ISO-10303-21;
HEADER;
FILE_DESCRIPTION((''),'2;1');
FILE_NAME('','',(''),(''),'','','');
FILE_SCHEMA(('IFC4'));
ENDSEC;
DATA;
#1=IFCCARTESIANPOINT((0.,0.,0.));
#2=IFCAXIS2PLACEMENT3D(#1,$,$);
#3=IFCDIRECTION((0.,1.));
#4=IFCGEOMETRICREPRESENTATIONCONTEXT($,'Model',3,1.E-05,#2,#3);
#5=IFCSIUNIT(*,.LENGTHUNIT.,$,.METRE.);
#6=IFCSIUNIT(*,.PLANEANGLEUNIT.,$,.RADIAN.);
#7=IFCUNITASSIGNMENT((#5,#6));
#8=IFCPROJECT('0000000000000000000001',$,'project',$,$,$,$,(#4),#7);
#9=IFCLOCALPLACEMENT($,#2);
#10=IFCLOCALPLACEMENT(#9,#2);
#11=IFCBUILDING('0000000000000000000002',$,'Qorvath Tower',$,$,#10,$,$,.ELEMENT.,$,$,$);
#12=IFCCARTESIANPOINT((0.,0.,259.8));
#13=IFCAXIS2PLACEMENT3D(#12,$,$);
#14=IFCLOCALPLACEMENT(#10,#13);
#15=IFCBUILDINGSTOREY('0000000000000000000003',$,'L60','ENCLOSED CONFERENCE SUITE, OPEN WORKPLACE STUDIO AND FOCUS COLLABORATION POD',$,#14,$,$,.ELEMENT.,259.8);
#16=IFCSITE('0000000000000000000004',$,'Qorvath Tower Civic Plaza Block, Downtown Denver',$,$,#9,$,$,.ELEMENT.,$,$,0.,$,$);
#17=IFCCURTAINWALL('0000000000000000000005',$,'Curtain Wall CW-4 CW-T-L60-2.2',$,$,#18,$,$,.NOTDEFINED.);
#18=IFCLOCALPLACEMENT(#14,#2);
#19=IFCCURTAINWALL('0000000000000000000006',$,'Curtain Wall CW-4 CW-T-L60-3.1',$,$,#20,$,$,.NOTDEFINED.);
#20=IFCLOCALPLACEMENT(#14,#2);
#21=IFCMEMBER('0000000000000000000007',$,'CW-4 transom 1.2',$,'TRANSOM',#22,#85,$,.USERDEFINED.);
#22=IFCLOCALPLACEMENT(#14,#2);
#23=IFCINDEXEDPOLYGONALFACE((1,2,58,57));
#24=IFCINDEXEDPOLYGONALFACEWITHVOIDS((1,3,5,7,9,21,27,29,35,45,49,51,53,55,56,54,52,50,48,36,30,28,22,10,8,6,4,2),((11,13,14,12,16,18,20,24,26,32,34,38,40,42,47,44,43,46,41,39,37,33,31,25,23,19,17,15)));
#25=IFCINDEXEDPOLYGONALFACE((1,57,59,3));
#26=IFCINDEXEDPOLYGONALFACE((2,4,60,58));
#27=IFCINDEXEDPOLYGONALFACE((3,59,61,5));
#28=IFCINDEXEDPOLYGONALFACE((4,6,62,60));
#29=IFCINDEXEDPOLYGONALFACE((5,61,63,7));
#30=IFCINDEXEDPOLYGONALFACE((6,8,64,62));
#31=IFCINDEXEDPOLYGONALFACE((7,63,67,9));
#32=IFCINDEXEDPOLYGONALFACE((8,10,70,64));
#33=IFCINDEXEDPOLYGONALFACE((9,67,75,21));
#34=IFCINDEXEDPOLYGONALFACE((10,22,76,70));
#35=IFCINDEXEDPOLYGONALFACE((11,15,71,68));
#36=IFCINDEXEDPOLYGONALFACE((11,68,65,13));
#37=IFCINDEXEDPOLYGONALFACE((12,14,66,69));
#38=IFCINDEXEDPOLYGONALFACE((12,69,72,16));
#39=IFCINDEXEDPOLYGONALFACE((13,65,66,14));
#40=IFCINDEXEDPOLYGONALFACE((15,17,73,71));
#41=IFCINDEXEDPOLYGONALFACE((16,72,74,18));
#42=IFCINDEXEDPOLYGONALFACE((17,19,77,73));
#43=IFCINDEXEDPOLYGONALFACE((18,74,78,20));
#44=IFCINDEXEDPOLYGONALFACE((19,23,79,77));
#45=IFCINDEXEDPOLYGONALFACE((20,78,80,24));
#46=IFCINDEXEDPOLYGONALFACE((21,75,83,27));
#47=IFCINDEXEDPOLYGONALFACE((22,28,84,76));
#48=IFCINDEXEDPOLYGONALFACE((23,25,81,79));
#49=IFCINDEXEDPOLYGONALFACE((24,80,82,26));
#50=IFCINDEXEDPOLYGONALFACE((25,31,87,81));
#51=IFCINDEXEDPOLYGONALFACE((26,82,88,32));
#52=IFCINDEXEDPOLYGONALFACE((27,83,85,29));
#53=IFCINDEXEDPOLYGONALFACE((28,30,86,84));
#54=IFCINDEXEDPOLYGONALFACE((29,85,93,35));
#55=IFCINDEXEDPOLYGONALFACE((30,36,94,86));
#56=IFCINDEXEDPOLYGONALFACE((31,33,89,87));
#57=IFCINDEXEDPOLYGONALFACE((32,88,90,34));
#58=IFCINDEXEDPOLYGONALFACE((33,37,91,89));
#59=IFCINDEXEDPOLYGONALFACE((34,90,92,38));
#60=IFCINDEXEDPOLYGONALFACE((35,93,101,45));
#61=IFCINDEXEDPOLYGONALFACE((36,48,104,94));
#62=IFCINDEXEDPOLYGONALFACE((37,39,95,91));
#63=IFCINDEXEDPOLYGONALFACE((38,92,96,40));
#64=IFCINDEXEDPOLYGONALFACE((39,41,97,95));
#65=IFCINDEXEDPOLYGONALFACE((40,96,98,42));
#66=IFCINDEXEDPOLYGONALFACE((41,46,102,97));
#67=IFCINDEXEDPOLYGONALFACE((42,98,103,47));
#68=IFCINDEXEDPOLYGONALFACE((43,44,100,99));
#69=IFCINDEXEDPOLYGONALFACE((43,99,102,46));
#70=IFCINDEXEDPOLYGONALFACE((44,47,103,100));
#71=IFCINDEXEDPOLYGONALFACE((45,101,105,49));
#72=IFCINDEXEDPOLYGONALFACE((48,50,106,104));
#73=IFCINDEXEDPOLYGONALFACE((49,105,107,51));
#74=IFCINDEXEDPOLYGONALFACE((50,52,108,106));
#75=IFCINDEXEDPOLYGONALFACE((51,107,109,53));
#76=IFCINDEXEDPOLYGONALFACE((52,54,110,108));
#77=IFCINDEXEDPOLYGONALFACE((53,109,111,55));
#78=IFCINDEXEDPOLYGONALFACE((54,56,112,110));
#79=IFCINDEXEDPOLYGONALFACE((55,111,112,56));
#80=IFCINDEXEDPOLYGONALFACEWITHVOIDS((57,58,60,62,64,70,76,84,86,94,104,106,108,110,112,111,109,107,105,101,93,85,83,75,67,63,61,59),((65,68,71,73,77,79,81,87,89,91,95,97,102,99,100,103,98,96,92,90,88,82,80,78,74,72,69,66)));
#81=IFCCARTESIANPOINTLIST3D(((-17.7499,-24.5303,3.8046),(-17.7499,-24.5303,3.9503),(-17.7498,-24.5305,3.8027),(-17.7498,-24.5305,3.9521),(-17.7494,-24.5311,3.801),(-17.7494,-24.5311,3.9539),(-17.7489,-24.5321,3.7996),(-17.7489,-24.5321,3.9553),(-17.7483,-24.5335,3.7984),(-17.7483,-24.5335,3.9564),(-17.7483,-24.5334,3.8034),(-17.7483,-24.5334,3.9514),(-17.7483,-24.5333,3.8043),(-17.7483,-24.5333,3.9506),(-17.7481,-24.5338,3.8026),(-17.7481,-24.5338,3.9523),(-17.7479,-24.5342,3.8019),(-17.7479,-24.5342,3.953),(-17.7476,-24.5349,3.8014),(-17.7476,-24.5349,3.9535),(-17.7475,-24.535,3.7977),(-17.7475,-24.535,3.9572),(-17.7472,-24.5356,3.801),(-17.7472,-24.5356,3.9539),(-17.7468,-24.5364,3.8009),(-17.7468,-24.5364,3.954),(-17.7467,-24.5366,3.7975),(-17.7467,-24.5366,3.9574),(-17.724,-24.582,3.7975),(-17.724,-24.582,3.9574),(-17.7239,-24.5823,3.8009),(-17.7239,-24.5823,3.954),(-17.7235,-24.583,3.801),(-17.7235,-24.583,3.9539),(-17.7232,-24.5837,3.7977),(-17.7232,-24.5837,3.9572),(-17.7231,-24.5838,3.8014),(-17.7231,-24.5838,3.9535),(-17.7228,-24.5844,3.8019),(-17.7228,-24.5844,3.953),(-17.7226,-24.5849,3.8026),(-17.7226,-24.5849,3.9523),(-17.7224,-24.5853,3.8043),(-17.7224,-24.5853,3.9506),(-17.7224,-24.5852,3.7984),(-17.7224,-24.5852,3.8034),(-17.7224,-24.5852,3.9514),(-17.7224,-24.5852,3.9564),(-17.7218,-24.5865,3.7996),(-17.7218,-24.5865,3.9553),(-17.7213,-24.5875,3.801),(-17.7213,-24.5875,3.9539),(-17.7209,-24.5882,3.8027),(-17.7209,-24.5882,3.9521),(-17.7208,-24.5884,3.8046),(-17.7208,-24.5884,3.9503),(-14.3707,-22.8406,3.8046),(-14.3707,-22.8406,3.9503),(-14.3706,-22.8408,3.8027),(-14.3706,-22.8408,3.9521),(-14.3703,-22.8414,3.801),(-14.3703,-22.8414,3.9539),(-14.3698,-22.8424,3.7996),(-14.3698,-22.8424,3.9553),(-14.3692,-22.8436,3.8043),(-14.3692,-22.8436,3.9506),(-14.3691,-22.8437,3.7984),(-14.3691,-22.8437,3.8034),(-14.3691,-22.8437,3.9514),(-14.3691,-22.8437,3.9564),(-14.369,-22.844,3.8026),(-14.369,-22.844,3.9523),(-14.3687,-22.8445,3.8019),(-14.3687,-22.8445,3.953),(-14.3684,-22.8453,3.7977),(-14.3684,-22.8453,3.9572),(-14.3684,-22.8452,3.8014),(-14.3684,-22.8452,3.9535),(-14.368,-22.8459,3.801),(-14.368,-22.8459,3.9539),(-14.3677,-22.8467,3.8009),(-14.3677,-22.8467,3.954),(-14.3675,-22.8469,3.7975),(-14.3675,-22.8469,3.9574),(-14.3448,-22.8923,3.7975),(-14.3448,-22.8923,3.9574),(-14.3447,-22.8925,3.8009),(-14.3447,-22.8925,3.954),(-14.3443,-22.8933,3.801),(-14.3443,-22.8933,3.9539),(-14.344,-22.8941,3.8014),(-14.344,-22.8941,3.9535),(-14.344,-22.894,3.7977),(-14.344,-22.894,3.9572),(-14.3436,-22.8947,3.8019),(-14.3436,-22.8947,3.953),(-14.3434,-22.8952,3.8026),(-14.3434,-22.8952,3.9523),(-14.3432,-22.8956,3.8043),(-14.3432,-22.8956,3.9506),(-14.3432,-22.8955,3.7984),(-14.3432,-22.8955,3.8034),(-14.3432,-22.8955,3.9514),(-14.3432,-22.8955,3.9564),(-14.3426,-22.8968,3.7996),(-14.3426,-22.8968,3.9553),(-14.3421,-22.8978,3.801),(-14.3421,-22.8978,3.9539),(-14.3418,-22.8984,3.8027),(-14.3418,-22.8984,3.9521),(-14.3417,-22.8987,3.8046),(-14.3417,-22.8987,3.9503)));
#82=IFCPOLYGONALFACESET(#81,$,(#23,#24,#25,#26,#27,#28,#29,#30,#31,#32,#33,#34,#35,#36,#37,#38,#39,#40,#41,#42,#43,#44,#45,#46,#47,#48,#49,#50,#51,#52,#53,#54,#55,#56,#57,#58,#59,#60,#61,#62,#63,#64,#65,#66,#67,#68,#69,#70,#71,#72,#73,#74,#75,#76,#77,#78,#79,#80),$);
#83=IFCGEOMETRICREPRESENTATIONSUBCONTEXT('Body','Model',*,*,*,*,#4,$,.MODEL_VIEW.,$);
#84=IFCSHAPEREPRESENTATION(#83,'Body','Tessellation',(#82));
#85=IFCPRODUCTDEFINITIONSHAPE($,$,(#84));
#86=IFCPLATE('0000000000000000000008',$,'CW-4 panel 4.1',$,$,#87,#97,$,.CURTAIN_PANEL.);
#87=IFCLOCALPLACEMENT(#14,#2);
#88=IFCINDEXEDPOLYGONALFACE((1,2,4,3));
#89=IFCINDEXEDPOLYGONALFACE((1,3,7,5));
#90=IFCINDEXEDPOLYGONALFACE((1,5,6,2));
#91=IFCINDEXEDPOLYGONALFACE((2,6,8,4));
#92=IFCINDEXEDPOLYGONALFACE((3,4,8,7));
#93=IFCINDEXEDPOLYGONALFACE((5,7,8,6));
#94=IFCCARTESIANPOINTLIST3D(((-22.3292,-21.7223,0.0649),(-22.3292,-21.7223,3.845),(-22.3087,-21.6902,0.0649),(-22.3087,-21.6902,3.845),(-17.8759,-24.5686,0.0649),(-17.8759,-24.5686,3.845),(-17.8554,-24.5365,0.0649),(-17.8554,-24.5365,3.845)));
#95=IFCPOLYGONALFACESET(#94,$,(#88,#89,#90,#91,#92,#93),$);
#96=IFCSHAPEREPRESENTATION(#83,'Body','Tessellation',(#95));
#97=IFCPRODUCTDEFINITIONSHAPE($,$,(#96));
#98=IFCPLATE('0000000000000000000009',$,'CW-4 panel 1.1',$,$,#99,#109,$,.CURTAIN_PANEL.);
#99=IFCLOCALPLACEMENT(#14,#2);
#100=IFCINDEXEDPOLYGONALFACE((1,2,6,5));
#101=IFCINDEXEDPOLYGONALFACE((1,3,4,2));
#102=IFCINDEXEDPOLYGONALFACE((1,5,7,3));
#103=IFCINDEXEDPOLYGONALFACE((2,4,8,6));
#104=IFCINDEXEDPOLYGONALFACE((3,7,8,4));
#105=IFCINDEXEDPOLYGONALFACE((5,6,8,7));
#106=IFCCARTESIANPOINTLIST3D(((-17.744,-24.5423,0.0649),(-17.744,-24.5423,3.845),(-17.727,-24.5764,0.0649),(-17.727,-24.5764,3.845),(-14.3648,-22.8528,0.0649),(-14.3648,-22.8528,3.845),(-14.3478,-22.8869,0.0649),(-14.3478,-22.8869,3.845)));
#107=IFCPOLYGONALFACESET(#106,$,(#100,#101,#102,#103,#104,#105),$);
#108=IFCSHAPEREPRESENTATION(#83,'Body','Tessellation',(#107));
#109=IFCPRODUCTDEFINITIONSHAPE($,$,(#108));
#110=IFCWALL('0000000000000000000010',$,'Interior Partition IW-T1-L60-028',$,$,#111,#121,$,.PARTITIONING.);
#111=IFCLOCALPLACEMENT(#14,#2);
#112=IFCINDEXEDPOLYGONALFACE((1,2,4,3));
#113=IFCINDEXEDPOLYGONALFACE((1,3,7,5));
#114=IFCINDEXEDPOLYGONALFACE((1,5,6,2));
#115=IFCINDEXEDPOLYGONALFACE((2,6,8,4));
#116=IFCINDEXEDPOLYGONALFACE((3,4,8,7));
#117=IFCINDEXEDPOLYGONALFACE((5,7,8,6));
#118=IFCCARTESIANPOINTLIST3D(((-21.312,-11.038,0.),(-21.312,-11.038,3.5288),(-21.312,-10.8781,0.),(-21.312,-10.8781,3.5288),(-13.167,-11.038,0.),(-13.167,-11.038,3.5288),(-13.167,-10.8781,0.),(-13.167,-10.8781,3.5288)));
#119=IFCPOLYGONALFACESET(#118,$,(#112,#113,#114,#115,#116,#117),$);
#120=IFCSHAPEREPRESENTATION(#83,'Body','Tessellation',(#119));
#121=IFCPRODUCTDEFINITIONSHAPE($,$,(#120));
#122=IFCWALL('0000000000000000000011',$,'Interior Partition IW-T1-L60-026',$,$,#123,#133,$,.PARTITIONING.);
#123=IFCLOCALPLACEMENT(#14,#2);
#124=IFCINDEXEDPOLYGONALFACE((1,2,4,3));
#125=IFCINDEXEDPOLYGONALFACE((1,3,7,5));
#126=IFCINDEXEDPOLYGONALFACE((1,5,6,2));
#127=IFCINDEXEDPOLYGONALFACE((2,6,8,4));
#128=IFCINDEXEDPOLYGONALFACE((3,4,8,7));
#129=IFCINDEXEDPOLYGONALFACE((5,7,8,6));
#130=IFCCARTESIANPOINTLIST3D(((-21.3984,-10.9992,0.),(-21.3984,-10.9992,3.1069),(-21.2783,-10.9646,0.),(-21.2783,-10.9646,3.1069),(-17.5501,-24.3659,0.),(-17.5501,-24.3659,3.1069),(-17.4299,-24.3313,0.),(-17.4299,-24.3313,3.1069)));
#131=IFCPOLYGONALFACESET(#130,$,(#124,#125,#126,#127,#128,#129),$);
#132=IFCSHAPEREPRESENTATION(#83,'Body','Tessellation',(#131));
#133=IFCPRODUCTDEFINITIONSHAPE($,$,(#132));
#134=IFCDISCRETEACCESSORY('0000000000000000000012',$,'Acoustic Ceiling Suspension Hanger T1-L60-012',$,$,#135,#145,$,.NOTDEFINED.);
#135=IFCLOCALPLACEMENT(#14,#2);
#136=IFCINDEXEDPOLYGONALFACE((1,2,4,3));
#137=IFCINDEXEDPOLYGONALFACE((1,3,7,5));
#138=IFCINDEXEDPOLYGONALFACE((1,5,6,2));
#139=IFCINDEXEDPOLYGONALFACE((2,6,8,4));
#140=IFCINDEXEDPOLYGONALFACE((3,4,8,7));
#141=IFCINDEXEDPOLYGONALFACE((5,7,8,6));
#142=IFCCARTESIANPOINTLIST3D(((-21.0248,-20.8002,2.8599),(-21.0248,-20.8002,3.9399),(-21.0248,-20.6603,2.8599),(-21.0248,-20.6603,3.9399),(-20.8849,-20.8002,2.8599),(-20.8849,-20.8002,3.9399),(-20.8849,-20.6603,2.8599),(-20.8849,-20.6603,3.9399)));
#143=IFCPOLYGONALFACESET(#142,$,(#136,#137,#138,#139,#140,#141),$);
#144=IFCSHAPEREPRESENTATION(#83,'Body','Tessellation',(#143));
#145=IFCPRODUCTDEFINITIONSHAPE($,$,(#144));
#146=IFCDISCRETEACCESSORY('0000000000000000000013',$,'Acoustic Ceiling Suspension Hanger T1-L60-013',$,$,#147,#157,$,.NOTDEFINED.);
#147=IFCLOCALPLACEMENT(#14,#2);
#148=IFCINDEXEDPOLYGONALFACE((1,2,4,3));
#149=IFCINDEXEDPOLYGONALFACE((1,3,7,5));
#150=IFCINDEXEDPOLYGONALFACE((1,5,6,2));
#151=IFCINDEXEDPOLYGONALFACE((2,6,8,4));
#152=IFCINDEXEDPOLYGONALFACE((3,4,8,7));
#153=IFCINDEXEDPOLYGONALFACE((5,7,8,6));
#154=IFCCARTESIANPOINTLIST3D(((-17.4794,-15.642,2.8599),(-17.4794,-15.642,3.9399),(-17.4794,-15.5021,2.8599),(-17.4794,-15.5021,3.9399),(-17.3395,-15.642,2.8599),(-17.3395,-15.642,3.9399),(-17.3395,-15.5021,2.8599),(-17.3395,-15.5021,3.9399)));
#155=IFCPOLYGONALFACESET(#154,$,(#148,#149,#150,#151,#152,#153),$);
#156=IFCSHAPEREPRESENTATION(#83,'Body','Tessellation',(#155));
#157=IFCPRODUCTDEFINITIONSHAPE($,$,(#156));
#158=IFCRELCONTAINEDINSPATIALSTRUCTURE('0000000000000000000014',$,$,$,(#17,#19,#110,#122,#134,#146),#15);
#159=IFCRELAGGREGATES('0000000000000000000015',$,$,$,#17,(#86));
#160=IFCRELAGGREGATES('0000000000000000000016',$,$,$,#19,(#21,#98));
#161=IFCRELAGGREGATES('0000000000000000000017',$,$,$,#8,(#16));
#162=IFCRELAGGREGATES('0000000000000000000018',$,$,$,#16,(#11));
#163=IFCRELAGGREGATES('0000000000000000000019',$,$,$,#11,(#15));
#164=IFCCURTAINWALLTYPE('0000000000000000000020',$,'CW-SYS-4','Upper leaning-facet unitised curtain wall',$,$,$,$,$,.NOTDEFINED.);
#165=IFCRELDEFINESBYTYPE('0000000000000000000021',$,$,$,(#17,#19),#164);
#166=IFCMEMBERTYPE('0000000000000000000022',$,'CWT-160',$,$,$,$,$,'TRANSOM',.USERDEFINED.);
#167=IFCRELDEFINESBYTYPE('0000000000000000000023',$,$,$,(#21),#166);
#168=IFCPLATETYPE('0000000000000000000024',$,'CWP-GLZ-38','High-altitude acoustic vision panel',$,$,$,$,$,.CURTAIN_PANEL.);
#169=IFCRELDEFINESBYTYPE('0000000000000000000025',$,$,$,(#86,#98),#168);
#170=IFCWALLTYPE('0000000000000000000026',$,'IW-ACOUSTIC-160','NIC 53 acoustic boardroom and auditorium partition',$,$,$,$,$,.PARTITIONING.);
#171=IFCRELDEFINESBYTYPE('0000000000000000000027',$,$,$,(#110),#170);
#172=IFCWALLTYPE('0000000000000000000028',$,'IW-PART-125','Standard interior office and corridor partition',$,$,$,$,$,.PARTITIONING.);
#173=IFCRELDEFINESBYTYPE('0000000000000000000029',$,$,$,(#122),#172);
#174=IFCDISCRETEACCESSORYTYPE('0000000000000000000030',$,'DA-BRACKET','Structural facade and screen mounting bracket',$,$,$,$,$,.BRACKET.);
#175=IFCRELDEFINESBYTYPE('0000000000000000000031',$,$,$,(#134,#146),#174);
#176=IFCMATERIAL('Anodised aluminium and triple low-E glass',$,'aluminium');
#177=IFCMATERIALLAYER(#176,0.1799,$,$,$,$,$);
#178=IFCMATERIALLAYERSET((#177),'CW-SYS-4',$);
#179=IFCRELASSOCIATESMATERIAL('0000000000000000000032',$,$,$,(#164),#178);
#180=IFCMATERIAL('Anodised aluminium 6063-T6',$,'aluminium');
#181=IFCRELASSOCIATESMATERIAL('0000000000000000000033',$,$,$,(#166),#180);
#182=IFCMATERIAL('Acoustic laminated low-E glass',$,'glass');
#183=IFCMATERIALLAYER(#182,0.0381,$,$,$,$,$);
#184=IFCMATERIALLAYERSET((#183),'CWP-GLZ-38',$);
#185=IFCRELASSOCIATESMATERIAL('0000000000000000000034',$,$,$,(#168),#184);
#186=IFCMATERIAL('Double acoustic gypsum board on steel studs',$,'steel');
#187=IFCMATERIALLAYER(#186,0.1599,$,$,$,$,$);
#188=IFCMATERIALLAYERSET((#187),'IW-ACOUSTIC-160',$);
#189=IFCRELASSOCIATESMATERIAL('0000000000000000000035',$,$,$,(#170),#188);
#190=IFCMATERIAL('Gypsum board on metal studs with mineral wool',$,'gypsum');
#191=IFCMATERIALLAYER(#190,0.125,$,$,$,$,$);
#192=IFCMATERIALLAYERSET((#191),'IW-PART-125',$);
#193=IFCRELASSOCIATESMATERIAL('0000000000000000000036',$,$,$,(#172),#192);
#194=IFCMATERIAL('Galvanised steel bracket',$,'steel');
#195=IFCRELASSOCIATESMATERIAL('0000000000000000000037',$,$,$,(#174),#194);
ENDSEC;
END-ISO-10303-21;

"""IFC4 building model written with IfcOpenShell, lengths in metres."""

from ifc_helpers import new_model, si_unit, direction, frame, frame_2d, origin, origin_2d, place, context, subcontext, project, spatial, rectangle, hollow_rectangle, extrude, material, layer, layer_set, material_profile, profile_set, type_object, element, aggregate, save


model = new_model("IFC4")

# Units and contexts
model_context = context("Model", 3, precision=1e-05, world=origin(), true_north=direction((0.0, 1.0)))
body_context = subcontext(model_context, "Body", "Model", "MODEL_VIEW")
ifc_project = project(units=[si_unit("LENGTHUNIT", "METRE"), si_unit("PLANEANGLEUNIT", "RADIAN")], contexts=[model_context])

# Site, building, storey
site_placement = place(None, origin())
site = spatial("IfcSite", under=ifc_project, at=site_placement, Name="Qorvath Tower Civic Plaza Block, Downtown Denver", CompositionType="ELEMENT", RefElevation=0.0)
building_placement = place(site_placement, origin())
building = spatial("IfcBuilding", under=site, at=building_placement, Name="Qorvath Tower", CompositionType="ELEMENT")
storey_placement = place(building_placement, frame((0.0, 0.0, 259.8)))
storey = spatial("IfcBuildingStorey", under=building, at=storey_placement, Name="L60", Description="ENCLOSED CONFERENCE SUITE, OPEN WORKPLACE STUDIO AND FOCUS COLLABORATION POD", CompositionType="ELEMENT", Elevation=259.8)

# Curtain wall
ifc_material_1 = material(Name="Anodised aluminium and triple low-E glass", Category="aluminium")
ifc_layer_1 = layer(ifc_material_1, 0.1799)
ifc_layer_set_1 = layer_set([ifc_layer_1], Name="CW-SYS-4")
curtain_wall_type = type_object("IfcCurtainWallType", Name="CW-SYS-4", Description="Upper leaning-facet unitised curtain wall", PredefinedType="NOTDEFINED", material=ifc_layer_set_1)
curtain_wall_1_placement = place(storey_placement, origin())
curtain_wall_1 = element("IfcCurtainWall", 1, at=curtain_wall_1_placement, inside=storey, type_object=curtain_wall_type, Name="Curtain Wall CW-4 CW-T-L60-2.2", PredefinedType="NOTDEFINED")

# Curtain wall
curtain_wall_2_placement = place(storey_placement, origin())
curtain_wall_2 = element("IfcCurtainWall", 2, at=curtain_wall_2_placement, inside=storey, type_object=curtain_wall_type, Name="Curtain Wall CW-4 CW-T-L60-3.1", PredefinedType="NOTDEFINED")

# Member
ifc_material_2 = material(Name="Anodised aluminium 6063-T6", Category="aluminium")
ifc_material_profile_1 = material_profile(ifc_material_2, hollow_rectangle(XDim=0.0649, YDim=0.1599, WallThickness=0.0034, InnerFilletRadius=0.0034, OuterFilletRadius=0.0071, at=origin_2d()), Name="CWT 160x65")
ifc_profile_set_1 = profile_set([ifc_material_profile_1], Name="Anodised aluminium 6063-T6")
member_type_1 = type_object("IfcMemberType", Name="CWT-160", ElementType="TRANSOM", PredefinedType="USERDEFINED", material=ifc_profile_set_1)
member_1_placement = place(storey_placement, frame((-17.7354, -24.5593, 3.8774), z_axis=(0.894414, 0.447239, 0.0), x_axis=(-0.447239, 0.894414, 0.0)))
member_1 = element("IfcMember", 3, at=member_1_placement, type_object=member_type_1, Name="CW-4 transom 1.2", ObjectType="TRANSOM", PredefinedType="USERDEFINED", context=body_context, shape_type="SweptSolid", body=[
    extrude(hollow_rectangle(XDim=0.0649, YDim=0.1599, WallThickness=0.0034, InnerFilletRadius=0.0034, OuterFilletRadius=0.0071, at=origin_2d()), origin(), (0.0, 0.0, 1.0), 3.7781),
])

# Plates
ifc_material_3 = material(Name="Acoustic laminated low-E glass", Category="glass")
ifc_layer_2 = layer(ifc_material_3, 0.0381)
ifc_layer_set_2 = layer_set([ifc_layer_2], Name="CWP-GLZ-38")
plate_type = type_object("IfcPlateType", Name="CWP-GLZ-38", Description="High-altitude acoustic vision panel", PredefinedType="CURTAIN_PANEL", material=ifc_layer_set_2)
plate_1_placement = place(storey_placement, frame((-20.0923, -23.1294, 0.0649), z_axis=(0.0, 0.0, 1.0), x_axis=(0.842602, -0.538536, 0.0)))
plate_1 = element("IfcPlate", 4, at=plate_1_placement, type_object=plate_type, Name="CW-4 panel 4.1", PredefinedType="CURTAIN_PANEL", context=body_context, shape_type="SweptSolid", body=[
    extrude(rectangle(XDim=5.2852, YDim=0.0381, at=origin_2d()), origin(), (0.0, 0.0, 1.0), 3.78),
])
aggregate(curtain_wall_1, [plate_1])
plate_2_placement = place(storey_placement, frame((-16.0459, -23.7146, 0.0649), z_axis=(0.0, 0.0, 1.0), x_axis=(0.894437, 0.447193, 0.0)))
plate_2 = element("IfcPlate", 5, at=plate_2_placement, type_object=plate_type, Name="CW-4 panel 1.1", PredefinedType="CURTAIN_PANEL", context=body_context, shape_type="SweptSolid", body=[
    extrude(rectangle(XDim=3.7781, YDim=0.0381, at=origin_2d()), origin(), (0.0, 0.0, 1.0), 3.78),
])
aggregate(curtain_wall_2, [member_1, plate_2])

# Walls
ifc_material_4 = material(Name="Double acoustic gypsum board on steel studs", Category="steel")
ifc_layer_3 = layer(ifc_material_4, 0.1599)
ifc_layer_set_3 = layer_set([ifc_layer_3], Name="IW-ACOUSTIC-160")
wall_type_1 = type_object("IfcWallType", Name="IW-ACOUSTIC-160", Description="NIC 53 acoustic boardroom and auditorium partition", PredefinedType="PARTITIONING", material=ifc_layer_set_3)
wall_1_placement = place(storey_placement, frame((-21.312, -10.958, 0.0), z_axis=(0.0, 0.0, 1.0), x_axis=(1.0, 0.0, 0.0)))
element("IfcWall", 6, at=wall_1_placement, inside=storey, type_object=wall_type_1, Name="Interior Partition IW-T1-L60-028", PredefinedType="PARTITIONING", context=body_context, shape_type="SweptSolid", body=[
    extrude(rectangle(XDim=8.145, YDim=0.1599, at=frame_2d((4.0725, 0.0))), origin(), (0.0, 0.0, 1.0), 3.5288),
])
ifc_material_5 = material(Name="Gypsum board on metal studs with mineral wool", Category="gypsum")
ifc_layer_4 = layer(ifc_material_5, 0.125)
ifc_layer_set_4 = layer_set([ifc_layer_4], Name="IW-PART-125")
wall_type_2 = type_object("IfcWallType", Name="IW-PART-125", Description="Standard interior office and corridor partition", PredefinedType="PARTITIONING", material=ifc_layer_set_4)
wall_2_placement = place(storey_placement, frame((-17.49, -24.3486, 0.0), z_axis=(0.0, 0.0, 1.0), x_axis=(-0.27667, 0.960965, 0.0)))
element("IfcWall", 7, at=wall_2_placement, inside=storey, type_object=wall_type_2, Name="Interior Partition IW-T1-L60-026", PredefinedType="PARTITIONING", context=body_context, shape_type="SweptSolid", body=[
    extrude(rectangle(XDim=13.9097, YDim=0.125, at=frame_2d((6.9548, 0.0))), origin(), (0.0, 0.0, 1.0), 3.1069),
])

# Discrete accessories
ifc_material_6 = material(Name="Galvanised steel bracket", Category="steel")
discrete_accessory_type = type_object("IfcDiscreteAccessoryType", Name="DA-BRACKET", Description="Structural facade and screen mounting bracket", PredefinedType="BRACKET", material=ifc_material_6)
for number, where, z_axis, x_axis, name in (
    (8, (-20.9548, -20.7302, 2.8599), (0.0, 0.0, 1.0), (1.0, 0.0, 0.0), "Acoustic Ceiling Suspension Hanger T1-L60-012"),
    (9, (-17.4094, -15.572, 2.8599), (0.0, 0.0, 1.0), (1.0, 0.0, 0.0), "Acoustic Ceiling Suspension Hanger T1-L60-013"),
):
    element("IfcDiscreteAccessory", number, at=place(storey_placement, frame(where, z_axis=z_axis, x_axis=x_axis)), inside=storey, type_object=discrete_accessory_type, Name=name, PredefinedType="NOTDEFINED", context=body_context, shape_type="SweptSolid", body=[
        extrude(rectangle(XDim=0.1399, YDim=0.1399, at=origin_2d()), origin(), (0.0, 0.0, 1.0), 1.0801),
    ])

save(model, "model.ifc")
